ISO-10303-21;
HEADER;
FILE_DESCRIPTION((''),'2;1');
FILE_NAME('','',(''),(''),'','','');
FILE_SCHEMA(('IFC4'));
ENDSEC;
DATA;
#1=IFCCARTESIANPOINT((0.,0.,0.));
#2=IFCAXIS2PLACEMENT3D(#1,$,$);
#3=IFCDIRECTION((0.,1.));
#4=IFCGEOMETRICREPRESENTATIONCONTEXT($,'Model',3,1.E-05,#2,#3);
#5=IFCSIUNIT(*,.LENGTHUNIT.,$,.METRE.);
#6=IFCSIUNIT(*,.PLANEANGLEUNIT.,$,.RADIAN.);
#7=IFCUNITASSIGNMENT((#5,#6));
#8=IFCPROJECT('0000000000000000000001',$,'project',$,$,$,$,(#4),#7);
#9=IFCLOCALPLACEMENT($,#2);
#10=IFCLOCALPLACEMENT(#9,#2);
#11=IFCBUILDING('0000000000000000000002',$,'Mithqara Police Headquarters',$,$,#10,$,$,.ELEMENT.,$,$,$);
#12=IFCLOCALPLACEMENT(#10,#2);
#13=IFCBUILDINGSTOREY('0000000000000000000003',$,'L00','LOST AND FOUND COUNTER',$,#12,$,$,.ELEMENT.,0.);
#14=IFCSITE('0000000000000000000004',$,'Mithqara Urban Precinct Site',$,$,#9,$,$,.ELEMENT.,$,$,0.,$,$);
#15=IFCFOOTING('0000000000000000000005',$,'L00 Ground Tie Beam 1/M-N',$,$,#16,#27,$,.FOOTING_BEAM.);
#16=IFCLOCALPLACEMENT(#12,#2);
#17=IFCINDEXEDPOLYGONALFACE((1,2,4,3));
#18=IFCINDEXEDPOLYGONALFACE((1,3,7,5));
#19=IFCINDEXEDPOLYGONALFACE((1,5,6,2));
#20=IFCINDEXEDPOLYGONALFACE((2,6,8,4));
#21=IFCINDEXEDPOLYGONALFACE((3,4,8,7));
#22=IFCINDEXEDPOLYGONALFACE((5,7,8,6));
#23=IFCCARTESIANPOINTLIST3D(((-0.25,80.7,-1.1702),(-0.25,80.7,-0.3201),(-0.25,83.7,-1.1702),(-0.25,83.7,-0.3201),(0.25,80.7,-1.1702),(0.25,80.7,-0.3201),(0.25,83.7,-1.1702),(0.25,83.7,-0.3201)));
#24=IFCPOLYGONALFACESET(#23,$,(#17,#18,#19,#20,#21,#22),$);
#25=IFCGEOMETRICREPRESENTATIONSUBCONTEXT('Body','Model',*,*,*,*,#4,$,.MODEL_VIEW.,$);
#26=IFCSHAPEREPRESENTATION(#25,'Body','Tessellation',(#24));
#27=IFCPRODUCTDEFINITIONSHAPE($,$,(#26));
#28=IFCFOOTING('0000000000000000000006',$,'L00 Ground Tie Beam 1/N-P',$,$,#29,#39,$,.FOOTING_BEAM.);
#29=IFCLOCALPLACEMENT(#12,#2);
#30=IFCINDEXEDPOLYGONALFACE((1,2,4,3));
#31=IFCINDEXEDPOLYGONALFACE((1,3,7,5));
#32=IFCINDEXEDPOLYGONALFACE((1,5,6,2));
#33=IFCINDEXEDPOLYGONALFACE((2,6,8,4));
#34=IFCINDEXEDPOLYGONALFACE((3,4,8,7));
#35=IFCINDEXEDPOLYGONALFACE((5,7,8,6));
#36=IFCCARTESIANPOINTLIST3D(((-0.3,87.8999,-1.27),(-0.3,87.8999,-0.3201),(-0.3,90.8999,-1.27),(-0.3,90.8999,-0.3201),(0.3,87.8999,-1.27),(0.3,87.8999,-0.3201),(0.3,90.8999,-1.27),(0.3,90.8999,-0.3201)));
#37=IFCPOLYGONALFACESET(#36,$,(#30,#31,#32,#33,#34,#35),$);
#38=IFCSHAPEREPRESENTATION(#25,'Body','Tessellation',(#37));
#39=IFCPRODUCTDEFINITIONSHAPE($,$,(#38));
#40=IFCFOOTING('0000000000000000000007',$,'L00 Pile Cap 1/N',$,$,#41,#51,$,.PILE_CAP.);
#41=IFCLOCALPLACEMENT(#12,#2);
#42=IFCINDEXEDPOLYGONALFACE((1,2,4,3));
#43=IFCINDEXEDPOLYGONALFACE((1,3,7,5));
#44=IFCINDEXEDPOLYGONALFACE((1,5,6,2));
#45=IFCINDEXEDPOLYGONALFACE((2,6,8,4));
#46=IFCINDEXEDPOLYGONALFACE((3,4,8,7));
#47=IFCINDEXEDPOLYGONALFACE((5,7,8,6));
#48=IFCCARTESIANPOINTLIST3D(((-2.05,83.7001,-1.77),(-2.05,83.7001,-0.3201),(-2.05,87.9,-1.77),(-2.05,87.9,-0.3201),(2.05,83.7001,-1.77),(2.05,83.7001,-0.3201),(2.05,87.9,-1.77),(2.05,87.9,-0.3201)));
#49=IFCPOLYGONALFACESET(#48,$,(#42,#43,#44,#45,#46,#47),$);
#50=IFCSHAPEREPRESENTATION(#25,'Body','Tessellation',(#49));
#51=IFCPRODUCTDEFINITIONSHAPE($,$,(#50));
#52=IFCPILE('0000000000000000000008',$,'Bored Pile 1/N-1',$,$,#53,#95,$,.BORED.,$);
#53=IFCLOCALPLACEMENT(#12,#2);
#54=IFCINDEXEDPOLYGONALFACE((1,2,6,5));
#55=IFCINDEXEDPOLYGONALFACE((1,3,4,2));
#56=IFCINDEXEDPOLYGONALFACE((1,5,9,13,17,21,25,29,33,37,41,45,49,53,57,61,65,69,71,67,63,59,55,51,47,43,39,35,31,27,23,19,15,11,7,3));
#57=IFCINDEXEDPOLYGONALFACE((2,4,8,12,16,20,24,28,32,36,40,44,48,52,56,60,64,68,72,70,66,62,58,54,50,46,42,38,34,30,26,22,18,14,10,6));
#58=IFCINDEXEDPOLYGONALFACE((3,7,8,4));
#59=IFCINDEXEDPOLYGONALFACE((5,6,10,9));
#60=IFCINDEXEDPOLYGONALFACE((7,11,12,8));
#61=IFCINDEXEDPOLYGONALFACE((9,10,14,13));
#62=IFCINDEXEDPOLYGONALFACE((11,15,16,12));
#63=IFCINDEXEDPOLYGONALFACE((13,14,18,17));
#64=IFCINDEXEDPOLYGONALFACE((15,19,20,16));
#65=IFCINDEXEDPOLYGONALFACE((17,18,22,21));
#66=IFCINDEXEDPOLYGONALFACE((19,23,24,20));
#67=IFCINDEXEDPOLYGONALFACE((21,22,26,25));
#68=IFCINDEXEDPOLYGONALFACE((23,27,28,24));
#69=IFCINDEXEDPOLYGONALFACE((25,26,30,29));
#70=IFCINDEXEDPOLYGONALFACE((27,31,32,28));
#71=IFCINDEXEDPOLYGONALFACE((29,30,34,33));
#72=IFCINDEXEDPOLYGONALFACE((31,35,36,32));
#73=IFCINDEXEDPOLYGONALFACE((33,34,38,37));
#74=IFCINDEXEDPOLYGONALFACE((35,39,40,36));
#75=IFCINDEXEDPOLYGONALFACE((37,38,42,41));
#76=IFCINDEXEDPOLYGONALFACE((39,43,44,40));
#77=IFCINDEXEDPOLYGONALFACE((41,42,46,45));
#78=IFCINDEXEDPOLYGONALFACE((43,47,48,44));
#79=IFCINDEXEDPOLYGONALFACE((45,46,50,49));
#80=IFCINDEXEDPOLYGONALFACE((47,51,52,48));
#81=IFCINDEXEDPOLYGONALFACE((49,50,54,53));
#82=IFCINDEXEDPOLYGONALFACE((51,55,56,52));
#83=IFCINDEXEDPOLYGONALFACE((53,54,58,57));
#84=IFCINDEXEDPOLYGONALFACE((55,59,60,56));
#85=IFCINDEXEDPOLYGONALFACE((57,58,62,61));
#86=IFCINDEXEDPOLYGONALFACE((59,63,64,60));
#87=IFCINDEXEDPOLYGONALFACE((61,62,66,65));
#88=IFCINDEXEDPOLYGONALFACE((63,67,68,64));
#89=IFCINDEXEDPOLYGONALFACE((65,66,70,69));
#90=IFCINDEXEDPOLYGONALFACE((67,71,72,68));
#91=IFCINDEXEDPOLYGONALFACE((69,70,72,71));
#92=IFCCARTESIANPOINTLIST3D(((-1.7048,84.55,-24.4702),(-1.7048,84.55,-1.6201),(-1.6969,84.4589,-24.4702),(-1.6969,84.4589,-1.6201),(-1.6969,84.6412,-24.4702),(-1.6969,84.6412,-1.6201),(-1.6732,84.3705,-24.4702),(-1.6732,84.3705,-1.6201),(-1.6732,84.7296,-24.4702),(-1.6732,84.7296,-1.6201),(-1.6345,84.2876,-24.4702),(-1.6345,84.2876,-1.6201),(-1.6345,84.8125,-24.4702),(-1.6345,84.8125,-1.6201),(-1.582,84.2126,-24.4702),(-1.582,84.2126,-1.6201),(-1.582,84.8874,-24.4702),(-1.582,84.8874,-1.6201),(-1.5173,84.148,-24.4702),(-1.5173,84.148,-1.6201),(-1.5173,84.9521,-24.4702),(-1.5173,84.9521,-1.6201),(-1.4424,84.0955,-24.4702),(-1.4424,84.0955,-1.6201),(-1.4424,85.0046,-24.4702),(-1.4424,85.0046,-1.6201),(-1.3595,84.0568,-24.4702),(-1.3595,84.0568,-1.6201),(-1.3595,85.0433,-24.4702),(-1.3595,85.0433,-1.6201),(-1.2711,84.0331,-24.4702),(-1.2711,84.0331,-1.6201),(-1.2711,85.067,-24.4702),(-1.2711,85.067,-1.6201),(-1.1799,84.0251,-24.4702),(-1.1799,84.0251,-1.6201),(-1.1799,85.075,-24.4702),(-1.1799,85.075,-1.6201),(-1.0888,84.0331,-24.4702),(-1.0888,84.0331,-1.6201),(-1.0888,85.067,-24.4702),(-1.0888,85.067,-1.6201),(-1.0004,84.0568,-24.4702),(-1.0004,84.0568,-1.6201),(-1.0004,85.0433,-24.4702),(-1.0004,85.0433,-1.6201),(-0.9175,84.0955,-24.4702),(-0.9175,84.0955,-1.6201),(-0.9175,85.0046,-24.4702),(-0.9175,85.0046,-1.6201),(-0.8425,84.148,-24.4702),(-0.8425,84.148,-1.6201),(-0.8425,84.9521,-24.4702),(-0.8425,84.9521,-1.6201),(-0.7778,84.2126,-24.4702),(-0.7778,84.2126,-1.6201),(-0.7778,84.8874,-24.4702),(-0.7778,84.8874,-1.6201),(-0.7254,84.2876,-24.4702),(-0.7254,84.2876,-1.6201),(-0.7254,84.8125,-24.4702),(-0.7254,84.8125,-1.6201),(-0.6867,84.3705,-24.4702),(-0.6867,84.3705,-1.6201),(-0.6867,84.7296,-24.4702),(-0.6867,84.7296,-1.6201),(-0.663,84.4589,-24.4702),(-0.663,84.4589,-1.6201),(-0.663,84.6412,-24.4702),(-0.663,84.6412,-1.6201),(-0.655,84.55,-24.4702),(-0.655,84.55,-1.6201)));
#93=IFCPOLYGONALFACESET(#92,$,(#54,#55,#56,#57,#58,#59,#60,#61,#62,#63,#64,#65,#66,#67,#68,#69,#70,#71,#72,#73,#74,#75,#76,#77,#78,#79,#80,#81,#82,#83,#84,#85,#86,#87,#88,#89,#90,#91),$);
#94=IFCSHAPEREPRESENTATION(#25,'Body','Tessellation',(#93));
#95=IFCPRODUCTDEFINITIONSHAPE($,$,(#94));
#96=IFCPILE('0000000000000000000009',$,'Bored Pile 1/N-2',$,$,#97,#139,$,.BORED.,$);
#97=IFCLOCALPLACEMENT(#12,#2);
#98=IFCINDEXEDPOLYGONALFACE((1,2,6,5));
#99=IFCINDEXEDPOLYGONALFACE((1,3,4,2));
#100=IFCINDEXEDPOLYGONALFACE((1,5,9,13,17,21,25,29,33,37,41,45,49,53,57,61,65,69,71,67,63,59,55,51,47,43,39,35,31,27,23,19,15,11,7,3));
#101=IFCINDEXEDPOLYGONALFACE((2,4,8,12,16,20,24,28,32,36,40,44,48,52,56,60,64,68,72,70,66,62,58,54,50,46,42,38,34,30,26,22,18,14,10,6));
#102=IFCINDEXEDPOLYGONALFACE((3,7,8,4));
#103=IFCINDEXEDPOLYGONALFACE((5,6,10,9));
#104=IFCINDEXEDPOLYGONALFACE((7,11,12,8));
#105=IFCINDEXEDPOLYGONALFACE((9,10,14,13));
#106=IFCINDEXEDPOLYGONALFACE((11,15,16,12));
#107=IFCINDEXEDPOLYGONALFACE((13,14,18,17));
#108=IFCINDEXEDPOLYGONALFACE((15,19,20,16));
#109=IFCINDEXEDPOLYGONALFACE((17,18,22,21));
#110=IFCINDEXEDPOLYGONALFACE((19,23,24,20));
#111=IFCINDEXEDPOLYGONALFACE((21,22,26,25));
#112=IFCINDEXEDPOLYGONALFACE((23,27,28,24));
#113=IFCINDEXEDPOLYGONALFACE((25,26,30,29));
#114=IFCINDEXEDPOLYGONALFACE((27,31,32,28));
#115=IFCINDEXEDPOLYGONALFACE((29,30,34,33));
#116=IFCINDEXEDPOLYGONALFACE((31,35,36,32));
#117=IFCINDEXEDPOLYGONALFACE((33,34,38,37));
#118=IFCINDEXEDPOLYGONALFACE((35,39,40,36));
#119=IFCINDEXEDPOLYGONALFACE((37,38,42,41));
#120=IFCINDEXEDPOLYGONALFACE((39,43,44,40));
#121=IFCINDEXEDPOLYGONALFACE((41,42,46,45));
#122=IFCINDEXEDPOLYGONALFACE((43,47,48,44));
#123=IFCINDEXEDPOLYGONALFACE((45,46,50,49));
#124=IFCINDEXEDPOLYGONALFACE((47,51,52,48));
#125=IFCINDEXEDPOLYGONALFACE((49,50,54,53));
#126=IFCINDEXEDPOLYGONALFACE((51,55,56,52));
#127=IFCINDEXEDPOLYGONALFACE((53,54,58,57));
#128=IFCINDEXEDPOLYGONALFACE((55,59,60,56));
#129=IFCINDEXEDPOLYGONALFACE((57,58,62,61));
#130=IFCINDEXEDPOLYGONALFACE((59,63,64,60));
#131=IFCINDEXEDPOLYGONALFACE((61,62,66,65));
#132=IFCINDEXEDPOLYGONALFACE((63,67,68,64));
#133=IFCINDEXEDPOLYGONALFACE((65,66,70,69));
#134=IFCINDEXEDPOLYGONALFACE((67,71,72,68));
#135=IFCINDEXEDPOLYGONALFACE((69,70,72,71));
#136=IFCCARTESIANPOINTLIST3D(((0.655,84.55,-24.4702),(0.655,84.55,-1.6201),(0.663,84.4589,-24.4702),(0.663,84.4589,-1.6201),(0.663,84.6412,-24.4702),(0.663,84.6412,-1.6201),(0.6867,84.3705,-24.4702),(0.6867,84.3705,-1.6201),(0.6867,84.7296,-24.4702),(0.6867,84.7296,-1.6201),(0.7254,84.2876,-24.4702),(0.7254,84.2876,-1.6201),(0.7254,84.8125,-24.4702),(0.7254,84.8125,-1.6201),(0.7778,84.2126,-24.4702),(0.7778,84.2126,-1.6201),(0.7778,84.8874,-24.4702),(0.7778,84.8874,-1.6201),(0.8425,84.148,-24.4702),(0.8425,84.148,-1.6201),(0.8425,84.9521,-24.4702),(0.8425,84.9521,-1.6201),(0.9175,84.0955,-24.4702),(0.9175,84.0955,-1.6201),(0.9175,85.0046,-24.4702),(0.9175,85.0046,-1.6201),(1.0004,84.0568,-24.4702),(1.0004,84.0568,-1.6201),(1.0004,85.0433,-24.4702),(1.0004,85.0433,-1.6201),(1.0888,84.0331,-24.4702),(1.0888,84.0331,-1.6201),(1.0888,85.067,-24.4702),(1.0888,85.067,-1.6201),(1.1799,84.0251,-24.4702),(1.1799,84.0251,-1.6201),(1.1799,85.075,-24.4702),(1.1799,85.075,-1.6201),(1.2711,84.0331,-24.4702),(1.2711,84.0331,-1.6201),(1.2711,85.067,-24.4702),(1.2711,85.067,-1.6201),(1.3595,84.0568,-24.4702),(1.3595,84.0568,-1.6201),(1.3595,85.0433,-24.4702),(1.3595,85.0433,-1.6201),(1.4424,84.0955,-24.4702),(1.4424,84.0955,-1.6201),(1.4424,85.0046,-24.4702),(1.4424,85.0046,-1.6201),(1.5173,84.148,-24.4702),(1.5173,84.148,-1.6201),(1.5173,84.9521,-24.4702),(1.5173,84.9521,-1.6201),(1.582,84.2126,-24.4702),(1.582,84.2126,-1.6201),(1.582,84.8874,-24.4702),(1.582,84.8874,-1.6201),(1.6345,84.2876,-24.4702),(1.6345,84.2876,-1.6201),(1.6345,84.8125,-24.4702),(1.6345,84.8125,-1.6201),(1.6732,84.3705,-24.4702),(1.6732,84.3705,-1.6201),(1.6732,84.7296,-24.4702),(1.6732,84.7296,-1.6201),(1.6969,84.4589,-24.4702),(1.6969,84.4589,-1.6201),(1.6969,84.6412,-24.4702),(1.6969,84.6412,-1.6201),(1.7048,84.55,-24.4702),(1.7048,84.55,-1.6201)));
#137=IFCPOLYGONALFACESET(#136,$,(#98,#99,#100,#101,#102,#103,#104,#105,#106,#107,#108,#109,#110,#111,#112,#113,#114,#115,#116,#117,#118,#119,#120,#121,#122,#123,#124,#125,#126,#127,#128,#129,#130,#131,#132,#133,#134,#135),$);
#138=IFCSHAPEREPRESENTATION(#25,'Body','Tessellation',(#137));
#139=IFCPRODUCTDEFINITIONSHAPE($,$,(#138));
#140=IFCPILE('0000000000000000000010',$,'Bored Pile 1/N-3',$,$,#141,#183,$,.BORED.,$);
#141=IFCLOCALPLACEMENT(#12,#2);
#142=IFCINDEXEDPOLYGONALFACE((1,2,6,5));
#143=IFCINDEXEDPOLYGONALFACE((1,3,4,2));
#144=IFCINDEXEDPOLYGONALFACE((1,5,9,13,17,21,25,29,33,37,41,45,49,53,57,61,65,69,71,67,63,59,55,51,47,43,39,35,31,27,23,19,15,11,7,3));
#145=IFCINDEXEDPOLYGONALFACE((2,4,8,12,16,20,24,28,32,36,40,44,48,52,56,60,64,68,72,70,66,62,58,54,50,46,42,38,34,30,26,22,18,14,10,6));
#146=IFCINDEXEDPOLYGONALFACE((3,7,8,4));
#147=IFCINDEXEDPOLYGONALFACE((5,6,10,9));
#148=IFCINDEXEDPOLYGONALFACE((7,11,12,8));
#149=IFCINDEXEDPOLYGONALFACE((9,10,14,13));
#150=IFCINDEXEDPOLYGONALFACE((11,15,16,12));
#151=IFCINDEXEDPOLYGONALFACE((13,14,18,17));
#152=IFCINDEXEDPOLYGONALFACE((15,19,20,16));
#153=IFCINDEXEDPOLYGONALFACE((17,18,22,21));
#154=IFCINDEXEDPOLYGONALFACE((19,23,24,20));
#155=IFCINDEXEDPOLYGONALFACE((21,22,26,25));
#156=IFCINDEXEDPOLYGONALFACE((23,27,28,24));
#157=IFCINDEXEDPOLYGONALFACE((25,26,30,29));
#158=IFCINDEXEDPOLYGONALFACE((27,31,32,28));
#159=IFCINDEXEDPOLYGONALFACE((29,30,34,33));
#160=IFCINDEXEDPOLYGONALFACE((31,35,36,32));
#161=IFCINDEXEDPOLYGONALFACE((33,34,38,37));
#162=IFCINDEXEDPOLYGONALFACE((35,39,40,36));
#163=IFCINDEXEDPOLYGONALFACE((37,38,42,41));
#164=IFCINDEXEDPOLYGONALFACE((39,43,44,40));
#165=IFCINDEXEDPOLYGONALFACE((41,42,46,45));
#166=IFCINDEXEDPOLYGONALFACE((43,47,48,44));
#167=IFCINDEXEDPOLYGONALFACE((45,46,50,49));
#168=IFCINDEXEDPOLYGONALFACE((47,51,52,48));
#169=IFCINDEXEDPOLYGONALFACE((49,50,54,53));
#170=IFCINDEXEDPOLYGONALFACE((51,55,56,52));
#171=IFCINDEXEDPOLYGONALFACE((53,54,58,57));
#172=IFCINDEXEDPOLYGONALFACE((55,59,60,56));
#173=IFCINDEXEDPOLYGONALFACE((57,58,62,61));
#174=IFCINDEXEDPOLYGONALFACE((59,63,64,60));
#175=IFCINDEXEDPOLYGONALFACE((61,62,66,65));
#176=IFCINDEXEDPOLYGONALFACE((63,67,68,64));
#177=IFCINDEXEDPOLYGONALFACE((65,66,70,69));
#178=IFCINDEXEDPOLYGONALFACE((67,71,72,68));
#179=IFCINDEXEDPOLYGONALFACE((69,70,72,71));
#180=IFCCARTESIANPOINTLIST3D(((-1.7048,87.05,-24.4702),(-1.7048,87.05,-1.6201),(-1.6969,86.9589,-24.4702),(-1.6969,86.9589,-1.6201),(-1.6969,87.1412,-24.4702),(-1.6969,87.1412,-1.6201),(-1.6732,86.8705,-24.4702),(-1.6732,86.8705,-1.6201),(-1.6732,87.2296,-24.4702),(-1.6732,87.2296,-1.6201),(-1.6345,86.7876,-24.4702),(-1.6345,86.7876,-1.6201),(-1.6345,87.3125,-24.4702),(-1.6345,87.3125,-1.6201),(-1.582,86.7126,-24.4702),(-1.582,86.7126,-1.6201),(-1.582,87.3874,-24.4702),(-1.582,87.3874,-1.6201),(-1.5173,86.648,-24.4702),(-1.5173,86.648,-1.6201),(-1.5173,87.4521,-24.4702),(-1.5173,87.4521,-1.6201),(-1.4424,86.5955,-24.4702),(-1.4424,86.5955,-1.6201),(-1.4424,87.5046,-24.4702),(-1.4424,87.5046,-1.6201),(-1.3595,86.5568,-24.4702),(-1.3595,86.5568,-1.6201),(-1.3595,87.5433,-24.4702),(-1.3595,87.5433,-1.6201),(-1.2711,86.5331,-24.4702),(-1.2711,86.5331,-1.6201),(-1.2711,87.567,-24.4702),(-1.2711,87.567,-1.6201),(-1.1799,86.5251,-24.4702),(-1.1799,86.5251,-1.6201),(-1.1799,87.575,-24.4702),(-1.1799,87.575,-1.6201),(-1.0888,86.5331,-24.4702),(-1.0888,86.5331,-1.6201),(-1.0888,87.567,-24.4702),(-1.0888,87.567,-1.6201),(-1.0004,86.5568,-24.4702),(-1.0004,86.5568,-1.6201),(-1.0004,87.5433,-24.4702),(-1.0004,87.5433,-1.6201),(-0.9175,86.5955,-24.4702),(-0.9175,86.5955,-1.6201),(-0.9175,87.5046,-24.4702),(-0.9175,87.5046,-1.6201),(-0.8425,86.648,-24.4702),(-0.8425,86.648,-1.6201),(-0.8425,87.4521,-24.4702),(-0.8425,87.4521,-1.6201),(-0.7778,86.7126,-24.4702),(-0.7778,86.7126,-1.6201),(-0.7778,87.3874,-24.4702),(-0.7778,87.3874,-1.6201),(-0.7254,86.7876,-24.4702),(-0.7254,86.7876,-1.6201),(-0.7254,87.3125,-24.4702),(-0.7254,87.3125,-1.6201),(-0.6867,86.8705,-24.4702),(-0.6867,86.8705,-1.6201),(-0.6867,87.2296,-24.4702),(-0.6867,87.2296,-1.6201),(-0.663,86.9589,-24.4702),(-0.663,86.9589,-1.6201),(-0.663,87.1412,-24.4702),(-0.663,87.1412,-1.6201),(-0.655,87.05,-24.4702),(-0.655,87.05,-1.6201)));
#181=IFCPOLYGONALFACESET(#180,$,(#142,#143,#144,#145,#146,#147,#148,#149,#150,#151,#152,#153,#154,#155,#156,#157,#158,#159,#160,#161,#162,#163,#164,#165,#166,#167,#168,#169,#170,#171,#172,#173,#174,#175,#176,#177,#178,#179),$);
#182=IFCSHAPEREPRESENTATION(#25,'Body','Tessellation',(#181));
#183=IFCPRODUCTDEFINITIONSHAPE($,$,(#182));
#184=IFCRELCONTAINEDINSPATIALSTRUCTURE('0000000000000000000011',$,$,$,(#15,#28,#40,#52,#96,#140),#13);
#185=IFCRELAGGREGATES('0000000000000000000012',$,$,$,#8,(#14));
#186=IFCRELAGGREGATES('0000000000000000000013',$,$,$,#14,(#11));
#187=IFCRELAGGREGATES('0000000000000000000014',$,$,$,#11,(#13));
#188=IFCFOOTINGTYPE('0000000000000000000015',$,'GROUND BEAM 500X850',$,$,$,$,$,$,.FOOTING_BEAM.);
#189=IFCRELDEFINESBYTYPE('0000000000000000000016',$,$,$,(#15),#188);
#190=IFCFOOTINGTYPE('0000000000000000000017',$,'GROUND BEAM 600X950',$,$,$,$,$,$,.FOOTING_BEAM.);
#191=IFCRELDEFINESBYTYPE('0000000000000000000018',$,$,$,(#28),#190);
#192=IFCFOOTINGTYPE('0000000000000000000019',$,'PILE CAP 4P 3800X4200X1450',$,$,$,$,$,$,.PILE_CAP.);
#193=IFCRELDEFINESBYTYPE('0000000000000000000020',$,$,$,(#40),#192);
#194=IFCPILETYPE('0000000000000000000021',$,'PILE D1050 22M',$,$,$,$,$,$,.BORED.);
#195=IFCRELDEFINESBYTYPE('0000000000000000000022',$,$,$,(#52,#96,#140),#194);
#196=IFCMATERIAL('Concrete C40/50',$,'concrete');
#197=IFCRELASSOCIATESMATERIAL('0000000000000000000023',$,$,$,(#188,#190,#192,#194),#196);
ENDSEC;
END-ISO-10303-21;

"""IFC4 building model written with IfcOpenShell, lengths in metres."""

from ifc_helpers import new_model, si_unit, direction, frame, origin, origin_2d, place, context, subcontext, project, spatial, rectangle, circle, extrude, material, material_profile, profile_set, type_object, element, save


model = new_model("IFC4")

# Units and contexts
model_context = context("Model", 3, precision=1e-05, world=origin(), true_north=direction((0.0, 1.0)))
body_context = subcontext(model_context, "Body", "Model", "MODEL_VIEW")
ifc_project = project(units=[si_unit("LENGTHUNIT", "METRE"), si_unit("PLANEANGLEUNIT", "RADIAN")], contexts=[model_context])

# Site, building, storey
site_placement = place(None, origin())
site = spatial("IfcSite", under=ifc_project, at=site_placement, Name="Mithqara Urban Precinct Site", CompositionType="ELEMENT", RefElevation=0.0)
building_placement = place(site_placement, origin())
building = spatial("IfcBuilding", under=site, at=building_placement, Name="Mithqara Police Headquarters", CompositionType="ELEMENT")
storey_placement = place(building_placement, origin())
storey = spatial("IfcBuildingStorey", under=building, at=storey_placement, Name="L00", Description="LOST AND FOUND COUNTER", CompositionType="ELEMENT", Elevation=0.0)

# Footings
ifc_material_1 = material(Name="Concrete C40/50", Category="concrete")
footing_type_1 = type_object("IfcFootingType", Name="GROUND BEAM 500X850", PredefinedType="FOOTING_BEAM", material=ifc_material_1)
footing_1_placement = place(storey_placement, frame((0.0, 82.2, -1.1702), z_axis=(0.0, 0.0, 1.0), x_axis=(1.0, 0.0, 0.0)))
element("IfcFooting", 1, at=footing_1_placement, inside=storey, type_object=footing_type_1, Name="L00 Ground Tie Beam 1/M-N", PredefinedType="FOOTING_BEAM", context=body_context, shape_type="SweptSolid", body=[
    extrude(rectangle(XDim=0.5, YDim=3.0, at=origin_2d()), origin(), (0.0, 0.0, 1.0), 0.8501),
])
footing_type_2 = type_object("IfcFootingType", Name="GROUND BEAM 600X950", PredefinedType="FOOTING_BEAM", material=ifc_material_1)
footing_2_placement = place(storey_placement, frame((0.0, 89.3999, -1.27), z_axis=(0.0, 0.0, 1.0), x_axis=(1.0, 0.0, 0.0)))
element("IfcFooting", 2, at=footing_2_placement, inside=storey, type_object=footing_type_2, Name="L00 Ground Tie Beam 1/N-P", PredefinedType="FOOTING_BEAM", context=body_context, shape_type="SweptSolid", body=[
    extrude(rectangle(XDim=0.6001, YDim=3.0, at=origin_2d()), origin(), (0.0, 0.0, 1.0), 0.95),
])
footing_type_3 = type_object("IfcFootingType", Name="PILE CAP 4P 3800X4200X1450", PredefinedType="PILE_CAP", material=ifc_material_1)
footing_3_placement = place(storey_placement, frame((0.0, 85.8, -1.77), z_axis=(0.0, 0.0, 1.0), x_axis=(1.0, 0.0, 0.0)))
element("IfcFooting", 3, at=footing_3_placement, inside=storey, type_object=footing_type_3, Name="L00 Pile Cap 1/N", PredefinedType="PILE_CAP", context=body_context, shape_type="SweptSolid", body=[
    extrude(rectangle(XDim=4.1001, YDim=4.2, at=origin_2d()), origin(), (0.0, 0.0, 1.0), 1.45),
])

# Piles
ifc_material_profile_1 = material_profile(ifc_material_1, circle(Radius=0.5249, at=origin_2d()), Name="PILE D1050")
ifc_profile_set_1 = profile_set([ifc_material_profile_1], Name="Concrete C40/50")
pile_type = type_object("IfcPileType", Name="PILE D1050 22M", PredefinedType="BORED", material=ifc_profile_set_1)
for number, where, z_axis, x_axis, name in (
    (4, (-1.1799, 84.55, -1.6201), (0.0, 0.0, -1.0), (1.0, 0.0, 0.0), "Bored Pile 1/N-1"),
    (5, (1.1799, 84.55, -1.6201), (0.0, 0.0, -1.0), (1.0, 0.0, 0.0), "Bored Pile 1/N-2"),
    (6, (-1.1799, 87.05, -1.6201), (0.0, 0.0, -1.0), (1.0, 0.0, 0.0), "Bored Pile 1/N-3"),
):
    element("IfcPile", number, at=place(storey_placement, frame(where, z_axis=z_axis, x_axis=x_axis)), inside=storey, type_object=pile_type, Name=name, PredefinedType="BORED", context=body_context, shape_type="SweptSolid", body=[
        extrude(circle(Radius=0.5249, at=origin_2d()), origin(), (0.0, 0.0, 1.0), 22.8501),
    ])

save(model, "model.ifc")
